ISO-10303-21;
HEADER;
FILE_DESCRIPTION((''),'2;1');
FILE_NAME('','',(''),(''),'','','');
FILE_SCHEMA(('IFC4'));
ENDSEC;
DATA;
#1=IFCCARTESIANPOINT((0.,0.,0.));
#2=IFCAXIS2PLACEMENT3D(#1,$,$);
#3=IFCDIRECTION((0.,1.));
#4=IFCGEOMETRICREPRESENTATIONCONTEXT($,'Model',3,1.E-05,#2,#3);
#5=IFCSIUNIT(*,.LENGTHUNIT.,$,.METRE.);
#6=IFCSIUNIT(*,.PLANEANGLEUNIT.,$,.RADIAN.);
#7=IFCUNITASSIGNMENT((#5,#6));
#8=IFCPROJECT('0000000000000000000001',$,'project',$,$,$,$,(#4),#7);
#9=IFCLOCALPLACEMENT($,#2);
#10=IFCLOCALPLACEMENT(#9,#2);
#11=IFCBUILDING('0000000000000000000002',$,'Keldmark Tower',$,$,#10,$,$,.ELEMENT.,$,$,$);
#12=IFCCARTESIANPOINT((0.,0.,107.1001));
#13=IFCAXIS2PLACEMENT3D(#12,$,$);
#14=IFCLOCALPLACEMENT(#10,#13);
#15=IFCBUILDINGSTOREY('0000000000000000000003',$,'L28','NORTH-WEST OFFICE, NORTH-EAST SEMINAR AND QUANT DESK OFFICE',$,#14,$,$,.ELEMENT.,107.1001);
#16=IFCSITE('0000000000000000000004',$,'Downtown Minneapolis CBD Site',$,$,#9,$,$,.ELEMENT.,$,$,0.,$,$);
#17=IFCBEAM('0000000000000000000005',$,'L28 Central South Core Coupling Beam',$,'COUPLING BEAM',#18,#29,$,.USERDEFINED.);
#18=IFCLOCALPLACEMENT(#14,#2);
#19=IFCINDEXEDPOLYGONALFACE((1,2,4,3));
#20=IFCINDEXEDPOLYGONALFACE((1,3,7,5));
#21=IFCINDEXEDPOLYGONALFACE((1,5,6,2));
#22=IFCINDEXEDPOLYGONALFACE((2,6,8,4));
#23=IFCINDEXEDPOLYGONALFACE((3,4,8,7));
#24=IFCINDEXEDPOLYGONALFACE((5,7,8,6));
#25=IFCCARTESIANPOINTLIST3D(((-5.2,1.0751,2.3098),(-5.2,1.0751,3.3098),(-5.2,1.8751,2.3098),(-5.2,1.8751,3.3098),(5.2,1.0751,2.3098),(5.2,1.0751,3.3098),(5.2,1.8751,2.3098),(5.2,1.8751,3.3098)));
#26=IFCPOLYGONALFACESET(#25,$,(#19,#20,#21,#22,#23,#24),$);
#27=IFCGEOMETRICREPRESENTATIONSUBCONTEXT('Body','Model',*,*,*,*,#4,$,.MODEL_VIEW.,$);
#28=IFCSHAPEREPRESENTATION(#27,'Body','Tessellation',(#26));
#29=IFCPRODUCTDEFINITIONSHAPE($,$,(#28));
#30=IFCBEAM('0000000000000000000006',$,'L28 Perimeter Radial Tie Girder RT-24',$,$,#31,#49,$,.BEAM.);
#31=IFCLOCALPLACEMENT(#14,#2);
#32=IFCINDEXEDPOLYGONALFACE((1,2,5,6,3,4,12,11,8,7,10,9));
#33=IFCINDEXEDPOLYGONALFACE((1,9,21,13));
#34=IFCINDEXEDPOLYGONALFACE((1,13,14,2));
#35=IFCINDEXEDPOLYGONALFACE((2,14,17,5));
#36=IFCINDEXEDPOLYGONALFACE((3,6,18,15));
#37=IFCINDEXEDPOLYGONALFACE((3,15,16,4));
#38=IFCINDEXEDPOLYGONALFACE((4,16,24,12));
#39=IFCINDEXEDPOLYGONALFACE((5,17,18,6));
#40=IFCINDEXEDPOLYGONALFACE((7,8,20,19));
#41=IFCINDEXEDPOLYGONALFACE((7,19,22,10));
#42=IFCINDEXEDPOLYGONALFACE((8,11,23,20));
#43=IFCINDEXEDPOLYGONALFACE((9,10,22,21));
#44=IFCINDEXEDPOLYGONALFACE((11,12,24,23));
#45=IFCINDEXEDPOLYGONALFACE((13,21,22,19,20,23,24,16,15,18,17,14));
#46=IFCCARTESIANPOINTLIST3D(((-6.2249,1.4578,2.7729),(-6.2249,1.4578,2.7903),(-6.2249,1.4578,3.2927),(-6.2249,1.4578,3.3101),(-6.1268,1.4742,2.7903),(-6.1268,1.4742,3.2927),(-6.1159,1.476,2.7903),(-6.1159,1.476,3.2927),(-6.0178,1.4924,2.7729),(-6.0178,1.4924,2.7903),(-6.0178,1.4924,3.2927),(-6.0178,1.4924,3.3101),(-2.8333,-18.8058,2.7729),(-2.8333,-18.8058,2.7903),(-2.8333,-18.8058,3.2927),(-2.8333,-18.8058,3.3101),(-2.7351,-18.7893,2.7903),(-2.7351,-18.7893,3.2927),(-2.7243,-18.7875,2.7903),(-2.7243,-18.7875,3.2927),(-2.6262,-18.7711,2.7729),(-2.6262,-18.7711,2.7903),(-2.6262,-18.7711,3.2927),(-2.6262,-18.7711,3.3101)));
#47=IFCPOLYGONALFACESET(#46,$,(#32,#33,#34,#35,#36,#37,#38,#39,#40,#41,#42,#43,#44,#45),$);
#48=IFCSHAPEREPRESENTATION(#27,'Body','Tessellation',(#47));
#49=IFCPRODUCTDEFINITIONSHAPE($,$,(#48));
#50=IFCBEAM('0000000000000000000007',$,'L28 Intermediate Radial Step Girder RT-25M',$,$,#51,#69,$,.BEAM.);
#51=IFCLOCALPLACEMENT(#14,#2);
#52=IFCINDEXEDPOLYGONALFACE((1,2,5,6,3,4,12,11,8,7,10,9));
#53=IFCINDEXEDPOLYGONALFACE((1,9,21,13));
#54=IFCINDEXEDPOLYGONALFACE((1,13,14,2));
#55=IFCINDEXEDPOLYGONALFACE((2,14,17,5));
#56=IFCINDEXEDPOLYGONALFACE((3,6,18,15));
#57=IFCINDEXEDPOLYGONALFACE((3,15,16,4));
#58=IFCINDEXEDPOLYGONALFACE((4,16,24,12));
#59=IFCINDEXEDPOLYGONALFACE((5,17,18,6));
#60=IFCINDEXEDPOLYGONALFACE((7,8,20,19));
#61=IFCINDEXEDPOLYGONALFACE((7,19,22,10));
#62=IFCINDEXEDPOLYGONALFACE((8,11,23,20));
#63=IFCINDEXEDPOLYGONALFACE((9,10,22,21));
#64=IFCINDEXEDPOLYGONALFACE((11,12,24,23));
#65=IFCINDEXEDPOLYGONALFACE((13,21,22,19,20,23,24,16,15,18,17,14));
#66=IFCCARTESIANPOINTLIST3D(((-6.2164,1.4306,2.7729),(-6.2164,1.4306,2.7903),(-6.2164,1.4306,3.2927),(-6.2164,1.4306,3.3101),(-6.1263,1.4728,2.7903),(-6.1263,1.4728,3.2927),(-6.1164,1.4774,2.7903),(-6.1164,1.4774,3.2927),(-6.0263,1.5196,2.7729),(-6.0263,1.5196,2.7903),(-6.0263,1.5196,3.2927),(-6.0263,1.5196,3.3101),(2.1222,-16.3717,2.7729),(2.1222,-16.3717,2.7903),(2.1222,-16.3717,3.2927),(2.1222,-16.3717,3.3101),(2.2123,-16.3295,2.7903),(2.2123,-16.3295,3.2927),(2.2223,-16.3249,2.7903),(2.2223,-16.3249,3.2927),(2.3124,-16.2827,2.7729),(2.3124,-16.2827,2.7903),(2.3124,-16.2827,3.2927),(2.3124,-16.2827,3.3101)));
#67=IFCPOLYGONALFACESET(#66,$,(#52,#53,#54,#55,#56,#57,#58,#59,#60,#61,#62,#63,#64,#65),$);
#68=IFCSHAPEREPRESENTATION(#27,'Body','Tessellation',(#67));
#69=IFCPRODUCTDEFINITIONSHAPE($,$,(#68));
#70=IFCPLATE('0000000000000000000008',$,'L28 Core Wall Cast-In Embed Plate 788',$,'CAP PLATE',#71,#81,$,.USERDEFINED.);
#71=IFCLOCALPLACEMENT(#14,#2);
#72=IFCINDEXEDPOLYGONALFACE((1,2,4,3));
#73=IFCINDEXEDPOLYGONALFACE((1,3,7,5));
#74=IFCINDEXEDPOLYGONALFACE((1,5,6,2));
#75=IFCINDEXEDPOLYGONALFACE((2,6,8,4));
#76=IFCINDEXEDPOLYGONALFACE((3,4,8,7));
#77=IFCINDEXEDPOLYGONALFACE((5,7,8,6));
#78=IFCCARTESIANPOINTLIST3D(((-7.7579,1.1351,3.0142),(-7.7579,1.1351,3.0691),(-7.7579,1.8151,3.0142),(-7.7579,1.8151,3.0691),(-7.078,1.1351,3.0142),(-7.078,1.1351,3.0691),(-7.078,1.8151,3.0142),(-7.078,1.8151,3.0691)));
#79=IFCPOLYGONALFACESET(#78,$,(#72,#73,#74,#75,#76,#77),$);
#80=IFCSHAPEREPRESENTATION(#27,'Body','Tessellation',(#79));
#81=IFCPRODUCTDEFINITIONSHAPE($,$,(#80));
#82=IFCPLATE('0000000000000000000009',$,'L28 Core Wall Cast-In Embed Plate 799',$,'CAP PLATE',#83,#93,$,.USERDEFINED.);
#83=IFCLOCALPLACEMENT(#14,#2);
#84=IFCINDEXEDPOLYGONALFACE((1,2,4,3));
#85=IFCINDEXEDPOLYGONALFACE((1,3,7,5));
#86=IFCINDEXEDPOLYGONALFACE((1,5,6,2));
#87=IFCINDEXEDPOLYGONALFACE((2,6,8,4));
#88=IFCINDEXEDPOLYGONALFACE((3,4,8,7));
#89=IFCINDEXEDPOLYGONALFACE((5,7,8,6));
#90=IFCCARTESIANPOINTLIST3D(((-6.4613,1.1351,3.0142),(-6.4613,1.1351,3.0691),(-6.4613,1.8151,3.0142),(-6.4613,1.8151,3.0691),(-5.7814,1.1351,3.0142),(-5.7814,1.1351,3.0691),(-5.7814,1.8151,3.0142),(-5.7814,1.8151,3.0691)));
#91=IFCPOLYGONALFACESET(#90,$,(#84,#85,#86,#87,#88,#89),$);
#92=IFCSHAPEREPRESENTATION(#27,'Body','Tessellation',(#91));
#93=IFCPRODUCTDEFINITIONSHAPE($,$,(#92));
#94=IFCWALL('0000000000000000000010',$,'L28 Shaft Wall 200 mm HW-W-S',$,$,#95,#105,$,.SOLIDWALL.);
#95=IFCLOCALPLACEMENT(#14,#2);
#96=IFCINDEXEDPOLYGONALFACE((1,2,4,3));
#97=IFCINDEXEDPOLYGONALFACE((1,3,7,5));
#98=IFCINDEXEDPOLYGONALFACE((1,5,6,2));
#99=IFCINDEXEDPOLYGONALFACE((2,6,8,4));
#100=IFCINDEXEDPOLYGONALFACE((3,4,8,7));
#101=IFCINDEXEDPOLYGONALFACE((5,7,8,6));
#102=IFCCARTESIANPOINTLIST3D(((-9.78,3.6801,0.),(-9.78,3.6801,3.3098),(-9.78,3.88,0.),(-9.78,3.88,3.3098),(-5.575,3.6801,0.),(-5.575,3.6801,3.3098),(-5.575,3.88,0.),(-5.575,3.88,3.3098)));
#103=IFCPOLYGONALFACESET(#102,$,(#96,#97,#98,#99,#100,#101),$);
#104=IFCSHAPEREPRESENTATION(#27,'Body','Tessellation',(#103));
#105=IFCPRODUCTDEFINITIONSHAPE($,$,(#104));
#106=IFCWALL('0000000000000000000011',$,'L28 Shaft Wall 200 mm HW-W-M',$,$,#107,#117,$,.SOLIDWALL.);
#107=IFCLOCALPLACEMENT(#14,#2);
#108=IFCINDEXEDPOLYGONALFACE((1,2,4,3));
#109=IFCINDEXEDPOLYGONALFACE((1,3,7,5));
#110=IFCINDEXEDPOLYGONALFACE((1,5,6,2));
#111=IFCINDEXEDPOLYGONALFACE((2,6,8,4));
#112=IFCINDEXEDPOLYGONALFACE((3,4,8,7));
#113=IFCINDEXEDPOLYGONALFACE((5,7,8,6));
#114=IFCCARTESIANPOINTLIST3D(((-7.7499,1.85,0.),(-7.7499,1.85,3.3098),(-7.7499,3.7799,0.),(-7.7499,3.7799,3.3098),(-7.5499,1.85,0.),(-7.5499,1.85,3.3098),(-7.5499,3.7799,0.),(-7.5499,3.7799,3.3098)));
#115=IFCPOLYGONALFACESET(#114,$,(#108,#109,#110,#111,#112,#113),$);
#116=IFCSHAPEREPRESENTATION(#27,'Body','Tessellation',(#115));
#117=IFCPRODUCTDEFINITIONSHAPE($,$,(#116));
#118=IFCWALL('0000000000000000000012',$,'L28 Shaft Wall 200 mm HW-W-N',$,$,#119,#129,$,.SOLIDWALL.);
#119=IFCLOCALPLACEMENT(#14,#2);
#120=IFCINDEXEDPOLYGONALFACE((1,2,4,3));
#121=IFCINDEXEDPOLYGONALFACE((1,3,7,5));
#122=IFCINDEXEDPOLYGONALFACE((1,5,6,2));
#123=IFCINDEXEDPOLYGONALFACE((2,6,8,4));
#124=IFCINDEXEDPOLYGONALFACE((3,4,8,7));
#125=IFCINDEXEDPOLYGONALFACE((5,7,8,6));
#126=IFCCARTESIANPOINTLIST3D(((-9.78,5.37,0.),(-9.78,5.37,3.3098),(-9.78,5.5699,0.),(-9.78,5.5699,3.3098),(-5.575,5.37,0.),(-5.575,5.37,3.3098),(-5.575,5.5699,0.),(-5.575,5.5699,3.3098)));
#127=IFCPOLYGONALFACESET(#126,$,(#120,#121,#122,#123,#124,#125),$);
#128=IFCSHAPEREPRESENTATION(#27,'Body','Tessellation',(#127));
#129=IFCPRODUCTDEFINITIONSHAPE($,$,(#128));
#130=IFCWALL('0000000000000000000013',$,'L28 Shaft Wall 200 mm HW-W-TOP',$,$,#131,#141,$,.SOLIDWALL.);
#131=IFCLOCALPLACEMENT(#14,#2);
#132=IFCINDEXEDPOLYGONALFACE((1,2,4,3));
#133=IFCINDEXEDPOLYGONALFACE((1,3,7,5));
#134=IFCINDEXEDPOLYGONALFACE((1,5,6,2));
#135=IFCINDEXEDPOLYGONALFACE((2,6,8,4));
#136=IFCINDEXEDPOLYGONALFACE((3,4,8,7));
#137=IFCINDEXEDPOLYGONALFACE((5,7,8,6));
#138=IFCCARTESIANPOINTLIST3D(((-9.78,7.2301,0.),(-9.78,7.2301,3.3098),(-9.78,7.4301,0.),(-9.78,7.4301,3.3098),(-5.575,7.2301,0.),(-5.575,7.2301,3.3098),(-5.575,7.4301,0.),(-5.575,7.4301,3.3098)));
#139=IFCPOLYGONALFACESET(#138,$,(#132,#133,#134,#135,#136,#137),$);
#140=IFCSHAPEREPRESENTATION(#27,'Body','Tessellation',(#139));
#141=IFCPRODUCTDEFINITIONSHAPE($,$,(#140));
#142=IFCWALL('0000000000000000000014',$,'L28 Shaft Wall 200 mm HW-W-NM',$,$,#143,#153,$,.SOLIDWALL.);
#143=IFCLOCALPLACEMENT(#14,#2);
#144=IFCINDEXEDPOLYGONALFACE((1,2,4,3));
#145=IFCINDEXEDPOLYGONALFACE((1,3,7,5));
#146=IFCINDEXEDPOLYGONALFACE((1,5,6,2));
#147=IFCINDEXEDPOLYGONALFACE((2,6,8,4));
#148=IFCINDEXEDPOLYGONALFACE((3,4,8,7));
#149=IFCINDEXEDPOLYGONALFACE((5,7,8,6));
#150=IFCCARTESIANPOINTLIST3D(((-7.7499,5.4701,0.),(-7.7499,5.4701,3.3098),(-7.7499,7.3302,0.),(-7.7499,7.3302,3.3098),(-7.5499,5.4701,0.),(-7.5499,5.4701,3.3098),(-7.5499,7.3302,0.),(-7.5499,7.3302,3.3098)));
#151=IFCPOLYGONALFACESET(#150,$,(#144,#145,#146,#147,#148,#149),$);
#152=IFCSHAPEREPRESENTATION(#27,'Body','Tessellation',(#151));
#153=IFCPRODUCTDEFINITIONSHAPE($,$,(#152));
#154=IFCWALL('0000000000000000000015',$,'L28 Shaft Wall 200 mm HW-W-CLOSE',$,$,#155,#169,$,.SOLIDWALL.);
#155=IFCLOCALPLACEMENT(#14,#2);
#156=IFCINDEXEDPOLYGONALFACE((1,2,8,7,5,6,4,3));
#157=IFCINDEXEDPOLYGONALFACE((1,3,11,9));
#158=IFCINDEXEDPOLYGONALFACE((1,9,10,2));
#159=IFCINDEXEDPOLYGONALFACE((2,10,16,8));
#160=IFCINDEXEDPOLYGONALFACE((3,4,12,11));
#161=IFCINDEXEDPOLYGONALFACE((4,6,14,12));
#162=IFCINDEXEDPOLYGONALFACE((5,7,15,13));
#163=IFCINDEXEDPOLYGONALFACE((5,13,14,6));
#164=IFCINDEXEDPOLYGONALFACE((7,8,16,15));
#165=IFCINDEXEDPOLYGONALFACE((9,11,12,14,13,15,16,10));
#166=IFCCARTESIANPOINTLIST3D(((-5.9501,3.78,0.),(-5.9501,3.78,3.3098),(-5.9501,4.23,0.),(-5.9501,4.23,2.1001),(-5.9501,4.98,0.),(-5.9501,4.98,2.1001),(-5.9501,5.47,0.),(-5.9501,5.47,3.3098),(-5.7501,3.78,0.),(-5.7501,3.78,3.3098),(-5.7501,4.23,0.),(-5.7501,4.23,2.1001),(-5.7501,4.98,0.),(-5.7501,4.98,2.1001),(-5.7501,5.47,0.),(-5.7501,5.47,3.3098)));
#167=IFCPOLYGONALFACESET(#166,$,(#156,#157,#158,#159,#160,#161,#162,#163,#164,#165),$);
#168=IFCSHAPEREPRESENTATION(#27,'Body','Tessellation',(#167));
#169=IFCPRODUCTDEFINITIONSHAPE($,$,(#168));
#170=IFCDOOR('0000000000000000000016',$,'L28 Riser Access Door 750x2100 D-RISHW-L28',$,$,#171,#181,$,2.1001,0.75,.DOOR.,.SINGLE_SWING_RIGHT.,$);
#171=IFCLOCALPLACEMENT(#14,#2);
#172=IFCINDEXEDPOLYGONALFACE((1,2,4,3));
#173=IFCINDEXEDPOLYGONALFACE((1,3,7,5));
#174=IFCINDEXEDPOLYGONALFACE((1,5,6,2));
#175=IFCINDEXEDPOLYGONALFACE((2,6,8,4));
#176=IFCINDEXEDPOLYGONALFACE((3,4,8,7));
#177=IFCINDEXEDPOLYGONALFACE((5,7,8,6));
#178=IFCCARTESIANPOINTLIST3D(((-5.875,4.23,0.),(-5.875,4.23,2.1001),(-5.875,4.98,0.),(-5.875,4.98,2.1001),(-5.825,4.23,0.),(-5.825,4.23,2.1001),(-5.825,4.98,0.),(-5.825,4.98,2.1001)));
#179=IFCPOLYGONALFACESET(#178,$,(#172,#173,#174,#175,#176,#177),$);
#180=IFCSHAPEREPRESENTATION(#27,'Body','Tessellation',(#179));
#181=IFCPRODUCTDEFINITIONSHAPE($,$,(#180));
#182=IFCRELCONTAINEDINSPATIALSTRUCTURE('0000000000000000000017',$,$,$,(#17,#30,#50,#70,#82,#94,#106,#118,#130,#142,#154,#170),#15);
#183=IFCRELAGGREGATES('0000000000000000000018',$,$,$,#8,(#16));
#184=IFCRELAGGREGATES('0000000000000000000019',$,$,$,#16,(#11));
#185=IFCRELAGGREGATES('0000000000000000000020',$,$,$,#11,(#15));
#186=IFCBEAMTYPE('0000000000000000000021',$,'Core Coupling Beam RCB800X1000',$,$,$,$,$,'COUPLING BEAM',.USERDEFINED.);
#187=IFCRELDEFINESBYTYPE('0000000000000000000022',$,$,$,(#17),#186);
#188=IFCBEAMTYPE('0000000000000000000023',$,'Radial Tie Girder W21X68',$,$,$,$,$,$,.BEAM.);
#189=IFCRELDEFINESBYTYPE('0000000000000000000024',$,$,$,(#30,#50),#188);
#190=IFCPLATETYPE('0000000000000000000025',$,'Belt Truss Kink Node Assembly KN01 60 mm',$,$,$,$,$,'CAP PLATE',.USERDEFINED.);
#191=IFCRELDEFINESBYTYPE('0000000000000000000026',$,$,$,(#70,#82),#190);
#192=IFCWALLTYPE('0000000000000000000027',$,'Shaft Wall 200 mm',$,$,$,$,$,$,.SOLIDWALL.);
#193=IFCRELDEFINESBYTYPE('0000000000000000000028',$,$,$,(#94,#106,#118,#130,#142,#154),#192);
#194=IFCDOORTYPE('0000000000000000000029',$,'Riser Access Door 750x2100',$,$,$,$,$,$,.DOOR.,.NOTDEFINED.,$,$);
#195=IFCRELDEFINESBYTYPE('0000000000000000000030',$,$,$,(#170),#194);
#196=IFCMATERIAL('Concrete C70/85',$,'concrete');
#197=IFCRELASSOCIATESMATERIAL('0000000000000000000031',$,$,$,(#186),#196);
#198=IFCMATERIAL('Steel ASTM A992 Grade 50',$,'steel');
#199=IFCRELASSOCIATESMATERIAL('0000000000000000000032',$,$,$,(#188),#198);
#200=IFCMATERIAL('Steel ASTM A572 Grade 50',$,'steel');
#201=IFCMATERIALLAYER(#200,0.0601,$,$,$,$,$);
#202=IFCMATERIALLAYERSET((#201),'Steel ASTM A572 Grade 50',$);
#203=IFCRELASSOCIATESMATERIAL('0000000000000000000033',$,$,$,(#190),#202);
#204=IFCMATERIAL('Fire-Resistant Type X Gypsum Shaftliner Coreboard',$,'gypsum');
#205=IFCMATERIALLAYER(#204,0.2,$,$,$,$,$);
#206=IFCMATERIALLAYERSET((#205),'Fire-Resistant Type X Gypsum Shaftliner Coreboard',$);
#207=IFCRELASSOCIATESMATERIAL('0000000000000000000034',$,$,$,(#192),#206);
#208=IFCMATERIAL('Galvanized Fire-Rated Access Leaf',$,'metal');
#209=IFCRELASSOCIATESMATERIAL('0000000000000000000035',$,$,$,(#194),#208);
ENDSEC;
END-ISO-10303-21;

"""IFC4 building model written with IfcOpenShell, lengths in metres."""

from ifc_helpers import new_model, si_unit, direction, frame, frame_2d, origin, origin_2d, place, context, subcontext, project, spatial, rectangle, i_section, extrude, material, layer, layer_set, material_profile, profile_set, type_object, element, fill, save


model = new_model("IFC4")

# Units and contexts
model_context = context("Model", 3, precision=1e-05, world=origin(), true_north=direction((0.0, 1.0)))
body_context = subcontext(model_context, "Body", "Model", "MODEL_VIEW")
ifc_project = project(units=[si_unit("LENGTHUNIT", "METRE"), si_unit("PLANEANGLEUNIT", "RADIAN")], contexts=[model_context])

# Site, building, storey
site_placement = place(None, origin())
site = spatial("IfcSite", under=ifc_project, at=site_placement, Name="Downtown Minneapolis CBD Site", CompositionType="ELEMENT", RefElevation=0.0)
building_placement = place(site_placement, origin())
building = spatial("IfcBuilding", under=site, at=building_placement, Name="Keldmark Tower", CompositionType="ELEMENT")
storey_placement = place(building_placement, frame((0.0, 0.0, 107.1001)))
storey = spatial("IfcBuildingStorey", under=building, at=storey_placement, Name="L28", Description="NORTH-WEST OFFICE, NORTH-EAST SEMINAR AND QUANT DESK OFFICE", CompositionType="ELEMENT", Elevation=107.1001)

# Beams
ifc_material_1 = material(Name="Concrete C70/85", Category="concrete")
ifc_material_profile_1 = material_profile(ifc_material_1, rectangle(XDim=0.8, YDim=1.0, at=origin_2d()), Name="RCB800X1000")
ifc_profile_set_1 = profile_set([ifc_material_profile_1], Name="Concrete C70/85")
beam_type_1 = type_object("IfcBeamType", Name="Core Coupling Beam RCB800X1000", ElementType="COUPLING BEAM", PredefinedType="USERDEFINED", material=ifc_profile_set_1)
beam_1_placement = place(storey_placement, frame((-5.2, 1.4751, 2.8098), z_axis=(1.0, 0.0, 0.0), x_axis=(0.0, 1.0, 0.0)))
element("IfcBeam", 1, at=beam_1_placement, inside=storey, type_object=beam_type_1, Name="L28 Central South Core Coupling Beam", ObjectType="COUPLING BEAM", PredefinedType="USERDEFINED", context=body_context, shape_type="SweptSolid", body=[
    extrude(rectangle(XDim=0.8, YDim=1.0, at=origin_2d()), origin(), (0.0, 0.0, 1.0), 10.3999),
])
ifc_material_2 = material(Name="Steel ASTM A992 Grade 50", Category="steel")
ifc_material_profile_2 = material_profile(ifc_material_2, i_section(OverallWidth=0.21, OverallDepth=0.5371, WebThickness=0.011, FlangeThickness=0.0173, at=origin_2d()), Name="W21X68")
ifc_profile_set_2 = profile_set([ifc_material_profile_2], Name="Steel ASTM A992 Grade 50")
beam_type_2 = type_object("IfcBeamType", Name="Radial Tie Girder W21X68", PredefinedType="BEAM", material=ifc_profile_set_2)
beam_2_placement = place(storey_placement, frame((-6.1213, 1.4751, 3.0415), z_axis=(0.165079, -0.98628, 0.0), x_axis=(0.98628, 0.165079, 0.0)))
element("IfcBeam", 2, at=beam_2_placement, inside=storey, type_object=beam_type_2, Name="L28 Perimeter Radial Tie Girder RT-24", PredefinedType="BEAM", context=body_context, shape_type="SweptSolid", body=[
    extrude(i_section(OverallWidth=0.21, OverallDepth=0.5371, WebThickness=0.011, FlangeThickness=0.0173, at=origin_2d()), origin(), (0.0, 0.0, 1.0), 20.5454),
])
beam_3_placement = place(storey_placement, frame((-6.1213, 1.4751, 3.0415), z_axis=(0.424176, -0.90558, 0.0), x_axis=(0.90558, 0.424176, 0.0)))
element("IfcBeam", 3, at=beam_3_placement, inside=storey, type_object=beam_type_2, Name="L28 Intermediate Radial Step Girder RT-25M", PredefinedType="BEAM", context=body_context, shape_type="SweptSolid", body=[
    extrude(i_section(OverallWidth=0.21, OverallDepth=0.5371, WebThickness=0.011, FlangeThickness=0.0173, at=origin_2d()), origin(), (0.0, 0.0, 1.0), 19.6584),
])

# Plates
ifc_material_3 = material(Name="Steel ASTM A572 Grade 50", Category="steel")
ifc_layer_1 = layer(ifc_material_3, 0.0601)
ifc_layer_set_1 = layer_set([ifc_layer_1], Name="Steel ASTM A572 Grade 50")
plate_type = type_object("IfcPlateType", Name="Belt Truss Kink Node Assembly KN01 60 mm", ElementType="CAP PLATE", PredefinedType="USERDEFINED", material=ifc_layer_set_1)
for number, where, z_axis, x_axis, name in (
    (4, (-7.418, 1.4751, 3.0142), (0.0, 0.0, 1.0), (1.0, 0.0, 0.0), "L28 Core Wall Cast-In Embed Plate 788"),
    (5, (-6.1213, 1.4751, 3.0142), (0.0, 0.0, 1.0), (1.0, 0.0, 0.0), "L28 Core Wall Cast-In Embed Plate 799"),
):
    element("IfcPlate", number, at=place(storey_placement, frame(where, z_axis=z_axis, x_axis=x_axis)), inside=storey, type_object=plate_type, Name=name, ObjectType="CAP PLATE", PredefinedType="USERDEFINED", context=body_context, shape_type="SweptSolid", body=[
        extrude(rectangle(XDim=0.6799, YDim=0.6799, at=origin_2d()), origin(), (0.0, 0.0, 1.0), 0.0549),
    ])

# Walls
ifc_material_4 = material(Name="Fire-Resistant Type X Gypsum Shaftliner Coreboard", Category="gypsum")
ifc_layer_2 = layer(ifc_material_4, 0.2)
ifc_layer_set_2 = layer_set([ifc_layer_2], Name="Fire-Resistant Type X Gypsum Shaftliner Coreboard")
wall_type_1 = type_object("IfcWallType", Name="Shaft Wall 200 mm", PredefinedType="SOLIDWALL", material=ifc_layer_set_2)
wall_1_placement = place(storey_placement, frame((-9.78, 3.78, 0.0), z_axis=(0.0, 0.0, 1.0), x_axis=(1.0, 0.0, 0.0)))
element("IfcWall", 6, at=wall_1_placement, inside=storey, type_object=wall_type_1, Name="L28 Shaft Wall 200 mm HW-W-S", PredefinedType="SOLIDWALL", context=body_context, shape_type="SweptSolid", body=[
    extrude(rectangle(XDim=4.2051, YDim=0.2, at=frame_2d((2.1025, 0.0))), origin(), (0.0, 0.0, 1.0), 3.3098),
])
wall_2_placement = place(storey_placement, frame((-7.6499, 1.8501, 0.0), z_axis=(0.0, 0.0, 1.0), x_axis=(0.0, 1.0, 0.0)))
element("IfcWall", 7, at=wall_2_placement, inside=storey, type_object=wall_type_1, Name="L28 Shaft Wall 200 mm HW-W-M", PredefinedType="SOLIDWALL", context=body_context, shape_type="SweptSolid", body=[
    extrude(rectangle(XDim=1.9299, YDim=0.2, at=frame_2d((0.9648, 0.0))), origin(), (0.0, 0.0, 1.0), 3.3098),
])
for number, where, z_axis, x_axis, name in (
    (8, (-9.78, 5.47, 0.0), (0.0, 0.0, 1.0), (1.0, 0.0, 0.0), "L28 Shaft Wall 200 mm HW-W-N"),
    (9, (-9.78, 7.3301, 0.0), (0.0, 0.0, 1.0), (1.0, 0.0, 0.0), "L28 Shaft Wall 200 mm HW-W-TOP"),
):
    element("IfcWall", number, at=place(storey_placement, frame(where, z_axis=z_axis, x_axis=x_axis)), inside=storey, type_object=wall_type_1, Name=name, PredefinedType="SOLIDWALL", context=body_context, shape_type="SweptSolid", body=[
        extrude(rectangle(XDim=4.2051, YDim=0.2, at=frame_2d((2.1025, 0.0))), origin(), (0.0, 0.0, 1.0), 3.3098),
    ])
wall_3_placement = place(storey_placement, frame((-7.6499, 5.47, 0.0), z_axis=(0.0, 0.0, 1.0), x_axis=(0.0, 1.0, 0.0)))
element("IfcWall", 10, at=wall_3_placement, inside=storey, type_object=wall_type_1, Name="L28 Shaft Wall 200 mm HW-W-NM", PredefinedType="SOLIDWALL", context=body_context, shape_type="SweptSolid", body=[
    extrude(rectangle(XDim=1.8601, YDim=0.2, at=frame_2d((0.9302, 0.0))), origin(), (0.0, 0.0, 1.0), 3.3098),
])

# Wall, opening, door
wall_4_placement = place(storey_placement, frame((-5.8501, 3.78, 0.0), z_axis=(0.0, 0.0, 1.0), x_axis=(0.0, 1.0, 0.0)))
wall_4 = element("IfcWall", 11, at=wall_4_placement, inside=storey, type_object=wall_type_1, Name="L28 Shaft Wall 200 mm HW-W-CLOSE", PredefinedType="SOLIDWALL", context=body_context, shape_type="SweptSolid", body=[
    extrude(rectangle(XDim=1.6899, YDim=0.2, at=frame_2d((0.845, 0.0))), origin(), (0.0, 0.0, 1.0), 3.3098),
])
opening_placement = place(wall_4_placement, frame((0.45, 0.0, 0.0)))
opening = element("IfcOpeningElement", 12, at=opening_placement, cuts=wall_4, PredefinedType="OPENING", context=body_context, shape_type="SweptSolid", body=[
    extrude(rectangle(XDim=0.75, YDim=2.1001, at=frame_2d((0.375, 1.05))), frame((0.0, 0.1099, 0.0), z_axis=(0.0, -1.0, 0.0), x_axis=(1.0, 0.0, 0.0)), (0.0, 0.0, 1.0), 0.22),
])
ifc_material_5 = material(Name="Galvanized Fire-Rated Access Leaf", Category="metal")
door_type = type_object("IfcDoorType", Name="Riser Access Door 750x2100", OperationType="NOTDEFINED", PredefinedType="DOOR", material=ifc_material_5)
door_placement = place(opening_placement, origin())
door = element("IfcDoor", 13, at=door_placement, inside=storey, type_object=door_type, Name="L28 Riser Access Door 750x2100 D-RISHW-L28", OperationType="SINGLE_SWING_RIGHT", OverallHeight=2.1001, OverallWidth=0.75, PredefinedType="DOOR", context=body_context, shape_type="SweptSolid", body=[
    extrude(rectangle(XDim=0.75, YDim=2.1001, at=frame_2d((0.375, 1.05))), frame((0.0, 0.0249, 0.0), z_axis=(0.0, -1.0, 0.0), x_axis=(1.0, 0.0, 0.0)), (0.0, 0.0, 1.0), 0.05),
])
fill(opening, door)

save(model, "model.ifc")
